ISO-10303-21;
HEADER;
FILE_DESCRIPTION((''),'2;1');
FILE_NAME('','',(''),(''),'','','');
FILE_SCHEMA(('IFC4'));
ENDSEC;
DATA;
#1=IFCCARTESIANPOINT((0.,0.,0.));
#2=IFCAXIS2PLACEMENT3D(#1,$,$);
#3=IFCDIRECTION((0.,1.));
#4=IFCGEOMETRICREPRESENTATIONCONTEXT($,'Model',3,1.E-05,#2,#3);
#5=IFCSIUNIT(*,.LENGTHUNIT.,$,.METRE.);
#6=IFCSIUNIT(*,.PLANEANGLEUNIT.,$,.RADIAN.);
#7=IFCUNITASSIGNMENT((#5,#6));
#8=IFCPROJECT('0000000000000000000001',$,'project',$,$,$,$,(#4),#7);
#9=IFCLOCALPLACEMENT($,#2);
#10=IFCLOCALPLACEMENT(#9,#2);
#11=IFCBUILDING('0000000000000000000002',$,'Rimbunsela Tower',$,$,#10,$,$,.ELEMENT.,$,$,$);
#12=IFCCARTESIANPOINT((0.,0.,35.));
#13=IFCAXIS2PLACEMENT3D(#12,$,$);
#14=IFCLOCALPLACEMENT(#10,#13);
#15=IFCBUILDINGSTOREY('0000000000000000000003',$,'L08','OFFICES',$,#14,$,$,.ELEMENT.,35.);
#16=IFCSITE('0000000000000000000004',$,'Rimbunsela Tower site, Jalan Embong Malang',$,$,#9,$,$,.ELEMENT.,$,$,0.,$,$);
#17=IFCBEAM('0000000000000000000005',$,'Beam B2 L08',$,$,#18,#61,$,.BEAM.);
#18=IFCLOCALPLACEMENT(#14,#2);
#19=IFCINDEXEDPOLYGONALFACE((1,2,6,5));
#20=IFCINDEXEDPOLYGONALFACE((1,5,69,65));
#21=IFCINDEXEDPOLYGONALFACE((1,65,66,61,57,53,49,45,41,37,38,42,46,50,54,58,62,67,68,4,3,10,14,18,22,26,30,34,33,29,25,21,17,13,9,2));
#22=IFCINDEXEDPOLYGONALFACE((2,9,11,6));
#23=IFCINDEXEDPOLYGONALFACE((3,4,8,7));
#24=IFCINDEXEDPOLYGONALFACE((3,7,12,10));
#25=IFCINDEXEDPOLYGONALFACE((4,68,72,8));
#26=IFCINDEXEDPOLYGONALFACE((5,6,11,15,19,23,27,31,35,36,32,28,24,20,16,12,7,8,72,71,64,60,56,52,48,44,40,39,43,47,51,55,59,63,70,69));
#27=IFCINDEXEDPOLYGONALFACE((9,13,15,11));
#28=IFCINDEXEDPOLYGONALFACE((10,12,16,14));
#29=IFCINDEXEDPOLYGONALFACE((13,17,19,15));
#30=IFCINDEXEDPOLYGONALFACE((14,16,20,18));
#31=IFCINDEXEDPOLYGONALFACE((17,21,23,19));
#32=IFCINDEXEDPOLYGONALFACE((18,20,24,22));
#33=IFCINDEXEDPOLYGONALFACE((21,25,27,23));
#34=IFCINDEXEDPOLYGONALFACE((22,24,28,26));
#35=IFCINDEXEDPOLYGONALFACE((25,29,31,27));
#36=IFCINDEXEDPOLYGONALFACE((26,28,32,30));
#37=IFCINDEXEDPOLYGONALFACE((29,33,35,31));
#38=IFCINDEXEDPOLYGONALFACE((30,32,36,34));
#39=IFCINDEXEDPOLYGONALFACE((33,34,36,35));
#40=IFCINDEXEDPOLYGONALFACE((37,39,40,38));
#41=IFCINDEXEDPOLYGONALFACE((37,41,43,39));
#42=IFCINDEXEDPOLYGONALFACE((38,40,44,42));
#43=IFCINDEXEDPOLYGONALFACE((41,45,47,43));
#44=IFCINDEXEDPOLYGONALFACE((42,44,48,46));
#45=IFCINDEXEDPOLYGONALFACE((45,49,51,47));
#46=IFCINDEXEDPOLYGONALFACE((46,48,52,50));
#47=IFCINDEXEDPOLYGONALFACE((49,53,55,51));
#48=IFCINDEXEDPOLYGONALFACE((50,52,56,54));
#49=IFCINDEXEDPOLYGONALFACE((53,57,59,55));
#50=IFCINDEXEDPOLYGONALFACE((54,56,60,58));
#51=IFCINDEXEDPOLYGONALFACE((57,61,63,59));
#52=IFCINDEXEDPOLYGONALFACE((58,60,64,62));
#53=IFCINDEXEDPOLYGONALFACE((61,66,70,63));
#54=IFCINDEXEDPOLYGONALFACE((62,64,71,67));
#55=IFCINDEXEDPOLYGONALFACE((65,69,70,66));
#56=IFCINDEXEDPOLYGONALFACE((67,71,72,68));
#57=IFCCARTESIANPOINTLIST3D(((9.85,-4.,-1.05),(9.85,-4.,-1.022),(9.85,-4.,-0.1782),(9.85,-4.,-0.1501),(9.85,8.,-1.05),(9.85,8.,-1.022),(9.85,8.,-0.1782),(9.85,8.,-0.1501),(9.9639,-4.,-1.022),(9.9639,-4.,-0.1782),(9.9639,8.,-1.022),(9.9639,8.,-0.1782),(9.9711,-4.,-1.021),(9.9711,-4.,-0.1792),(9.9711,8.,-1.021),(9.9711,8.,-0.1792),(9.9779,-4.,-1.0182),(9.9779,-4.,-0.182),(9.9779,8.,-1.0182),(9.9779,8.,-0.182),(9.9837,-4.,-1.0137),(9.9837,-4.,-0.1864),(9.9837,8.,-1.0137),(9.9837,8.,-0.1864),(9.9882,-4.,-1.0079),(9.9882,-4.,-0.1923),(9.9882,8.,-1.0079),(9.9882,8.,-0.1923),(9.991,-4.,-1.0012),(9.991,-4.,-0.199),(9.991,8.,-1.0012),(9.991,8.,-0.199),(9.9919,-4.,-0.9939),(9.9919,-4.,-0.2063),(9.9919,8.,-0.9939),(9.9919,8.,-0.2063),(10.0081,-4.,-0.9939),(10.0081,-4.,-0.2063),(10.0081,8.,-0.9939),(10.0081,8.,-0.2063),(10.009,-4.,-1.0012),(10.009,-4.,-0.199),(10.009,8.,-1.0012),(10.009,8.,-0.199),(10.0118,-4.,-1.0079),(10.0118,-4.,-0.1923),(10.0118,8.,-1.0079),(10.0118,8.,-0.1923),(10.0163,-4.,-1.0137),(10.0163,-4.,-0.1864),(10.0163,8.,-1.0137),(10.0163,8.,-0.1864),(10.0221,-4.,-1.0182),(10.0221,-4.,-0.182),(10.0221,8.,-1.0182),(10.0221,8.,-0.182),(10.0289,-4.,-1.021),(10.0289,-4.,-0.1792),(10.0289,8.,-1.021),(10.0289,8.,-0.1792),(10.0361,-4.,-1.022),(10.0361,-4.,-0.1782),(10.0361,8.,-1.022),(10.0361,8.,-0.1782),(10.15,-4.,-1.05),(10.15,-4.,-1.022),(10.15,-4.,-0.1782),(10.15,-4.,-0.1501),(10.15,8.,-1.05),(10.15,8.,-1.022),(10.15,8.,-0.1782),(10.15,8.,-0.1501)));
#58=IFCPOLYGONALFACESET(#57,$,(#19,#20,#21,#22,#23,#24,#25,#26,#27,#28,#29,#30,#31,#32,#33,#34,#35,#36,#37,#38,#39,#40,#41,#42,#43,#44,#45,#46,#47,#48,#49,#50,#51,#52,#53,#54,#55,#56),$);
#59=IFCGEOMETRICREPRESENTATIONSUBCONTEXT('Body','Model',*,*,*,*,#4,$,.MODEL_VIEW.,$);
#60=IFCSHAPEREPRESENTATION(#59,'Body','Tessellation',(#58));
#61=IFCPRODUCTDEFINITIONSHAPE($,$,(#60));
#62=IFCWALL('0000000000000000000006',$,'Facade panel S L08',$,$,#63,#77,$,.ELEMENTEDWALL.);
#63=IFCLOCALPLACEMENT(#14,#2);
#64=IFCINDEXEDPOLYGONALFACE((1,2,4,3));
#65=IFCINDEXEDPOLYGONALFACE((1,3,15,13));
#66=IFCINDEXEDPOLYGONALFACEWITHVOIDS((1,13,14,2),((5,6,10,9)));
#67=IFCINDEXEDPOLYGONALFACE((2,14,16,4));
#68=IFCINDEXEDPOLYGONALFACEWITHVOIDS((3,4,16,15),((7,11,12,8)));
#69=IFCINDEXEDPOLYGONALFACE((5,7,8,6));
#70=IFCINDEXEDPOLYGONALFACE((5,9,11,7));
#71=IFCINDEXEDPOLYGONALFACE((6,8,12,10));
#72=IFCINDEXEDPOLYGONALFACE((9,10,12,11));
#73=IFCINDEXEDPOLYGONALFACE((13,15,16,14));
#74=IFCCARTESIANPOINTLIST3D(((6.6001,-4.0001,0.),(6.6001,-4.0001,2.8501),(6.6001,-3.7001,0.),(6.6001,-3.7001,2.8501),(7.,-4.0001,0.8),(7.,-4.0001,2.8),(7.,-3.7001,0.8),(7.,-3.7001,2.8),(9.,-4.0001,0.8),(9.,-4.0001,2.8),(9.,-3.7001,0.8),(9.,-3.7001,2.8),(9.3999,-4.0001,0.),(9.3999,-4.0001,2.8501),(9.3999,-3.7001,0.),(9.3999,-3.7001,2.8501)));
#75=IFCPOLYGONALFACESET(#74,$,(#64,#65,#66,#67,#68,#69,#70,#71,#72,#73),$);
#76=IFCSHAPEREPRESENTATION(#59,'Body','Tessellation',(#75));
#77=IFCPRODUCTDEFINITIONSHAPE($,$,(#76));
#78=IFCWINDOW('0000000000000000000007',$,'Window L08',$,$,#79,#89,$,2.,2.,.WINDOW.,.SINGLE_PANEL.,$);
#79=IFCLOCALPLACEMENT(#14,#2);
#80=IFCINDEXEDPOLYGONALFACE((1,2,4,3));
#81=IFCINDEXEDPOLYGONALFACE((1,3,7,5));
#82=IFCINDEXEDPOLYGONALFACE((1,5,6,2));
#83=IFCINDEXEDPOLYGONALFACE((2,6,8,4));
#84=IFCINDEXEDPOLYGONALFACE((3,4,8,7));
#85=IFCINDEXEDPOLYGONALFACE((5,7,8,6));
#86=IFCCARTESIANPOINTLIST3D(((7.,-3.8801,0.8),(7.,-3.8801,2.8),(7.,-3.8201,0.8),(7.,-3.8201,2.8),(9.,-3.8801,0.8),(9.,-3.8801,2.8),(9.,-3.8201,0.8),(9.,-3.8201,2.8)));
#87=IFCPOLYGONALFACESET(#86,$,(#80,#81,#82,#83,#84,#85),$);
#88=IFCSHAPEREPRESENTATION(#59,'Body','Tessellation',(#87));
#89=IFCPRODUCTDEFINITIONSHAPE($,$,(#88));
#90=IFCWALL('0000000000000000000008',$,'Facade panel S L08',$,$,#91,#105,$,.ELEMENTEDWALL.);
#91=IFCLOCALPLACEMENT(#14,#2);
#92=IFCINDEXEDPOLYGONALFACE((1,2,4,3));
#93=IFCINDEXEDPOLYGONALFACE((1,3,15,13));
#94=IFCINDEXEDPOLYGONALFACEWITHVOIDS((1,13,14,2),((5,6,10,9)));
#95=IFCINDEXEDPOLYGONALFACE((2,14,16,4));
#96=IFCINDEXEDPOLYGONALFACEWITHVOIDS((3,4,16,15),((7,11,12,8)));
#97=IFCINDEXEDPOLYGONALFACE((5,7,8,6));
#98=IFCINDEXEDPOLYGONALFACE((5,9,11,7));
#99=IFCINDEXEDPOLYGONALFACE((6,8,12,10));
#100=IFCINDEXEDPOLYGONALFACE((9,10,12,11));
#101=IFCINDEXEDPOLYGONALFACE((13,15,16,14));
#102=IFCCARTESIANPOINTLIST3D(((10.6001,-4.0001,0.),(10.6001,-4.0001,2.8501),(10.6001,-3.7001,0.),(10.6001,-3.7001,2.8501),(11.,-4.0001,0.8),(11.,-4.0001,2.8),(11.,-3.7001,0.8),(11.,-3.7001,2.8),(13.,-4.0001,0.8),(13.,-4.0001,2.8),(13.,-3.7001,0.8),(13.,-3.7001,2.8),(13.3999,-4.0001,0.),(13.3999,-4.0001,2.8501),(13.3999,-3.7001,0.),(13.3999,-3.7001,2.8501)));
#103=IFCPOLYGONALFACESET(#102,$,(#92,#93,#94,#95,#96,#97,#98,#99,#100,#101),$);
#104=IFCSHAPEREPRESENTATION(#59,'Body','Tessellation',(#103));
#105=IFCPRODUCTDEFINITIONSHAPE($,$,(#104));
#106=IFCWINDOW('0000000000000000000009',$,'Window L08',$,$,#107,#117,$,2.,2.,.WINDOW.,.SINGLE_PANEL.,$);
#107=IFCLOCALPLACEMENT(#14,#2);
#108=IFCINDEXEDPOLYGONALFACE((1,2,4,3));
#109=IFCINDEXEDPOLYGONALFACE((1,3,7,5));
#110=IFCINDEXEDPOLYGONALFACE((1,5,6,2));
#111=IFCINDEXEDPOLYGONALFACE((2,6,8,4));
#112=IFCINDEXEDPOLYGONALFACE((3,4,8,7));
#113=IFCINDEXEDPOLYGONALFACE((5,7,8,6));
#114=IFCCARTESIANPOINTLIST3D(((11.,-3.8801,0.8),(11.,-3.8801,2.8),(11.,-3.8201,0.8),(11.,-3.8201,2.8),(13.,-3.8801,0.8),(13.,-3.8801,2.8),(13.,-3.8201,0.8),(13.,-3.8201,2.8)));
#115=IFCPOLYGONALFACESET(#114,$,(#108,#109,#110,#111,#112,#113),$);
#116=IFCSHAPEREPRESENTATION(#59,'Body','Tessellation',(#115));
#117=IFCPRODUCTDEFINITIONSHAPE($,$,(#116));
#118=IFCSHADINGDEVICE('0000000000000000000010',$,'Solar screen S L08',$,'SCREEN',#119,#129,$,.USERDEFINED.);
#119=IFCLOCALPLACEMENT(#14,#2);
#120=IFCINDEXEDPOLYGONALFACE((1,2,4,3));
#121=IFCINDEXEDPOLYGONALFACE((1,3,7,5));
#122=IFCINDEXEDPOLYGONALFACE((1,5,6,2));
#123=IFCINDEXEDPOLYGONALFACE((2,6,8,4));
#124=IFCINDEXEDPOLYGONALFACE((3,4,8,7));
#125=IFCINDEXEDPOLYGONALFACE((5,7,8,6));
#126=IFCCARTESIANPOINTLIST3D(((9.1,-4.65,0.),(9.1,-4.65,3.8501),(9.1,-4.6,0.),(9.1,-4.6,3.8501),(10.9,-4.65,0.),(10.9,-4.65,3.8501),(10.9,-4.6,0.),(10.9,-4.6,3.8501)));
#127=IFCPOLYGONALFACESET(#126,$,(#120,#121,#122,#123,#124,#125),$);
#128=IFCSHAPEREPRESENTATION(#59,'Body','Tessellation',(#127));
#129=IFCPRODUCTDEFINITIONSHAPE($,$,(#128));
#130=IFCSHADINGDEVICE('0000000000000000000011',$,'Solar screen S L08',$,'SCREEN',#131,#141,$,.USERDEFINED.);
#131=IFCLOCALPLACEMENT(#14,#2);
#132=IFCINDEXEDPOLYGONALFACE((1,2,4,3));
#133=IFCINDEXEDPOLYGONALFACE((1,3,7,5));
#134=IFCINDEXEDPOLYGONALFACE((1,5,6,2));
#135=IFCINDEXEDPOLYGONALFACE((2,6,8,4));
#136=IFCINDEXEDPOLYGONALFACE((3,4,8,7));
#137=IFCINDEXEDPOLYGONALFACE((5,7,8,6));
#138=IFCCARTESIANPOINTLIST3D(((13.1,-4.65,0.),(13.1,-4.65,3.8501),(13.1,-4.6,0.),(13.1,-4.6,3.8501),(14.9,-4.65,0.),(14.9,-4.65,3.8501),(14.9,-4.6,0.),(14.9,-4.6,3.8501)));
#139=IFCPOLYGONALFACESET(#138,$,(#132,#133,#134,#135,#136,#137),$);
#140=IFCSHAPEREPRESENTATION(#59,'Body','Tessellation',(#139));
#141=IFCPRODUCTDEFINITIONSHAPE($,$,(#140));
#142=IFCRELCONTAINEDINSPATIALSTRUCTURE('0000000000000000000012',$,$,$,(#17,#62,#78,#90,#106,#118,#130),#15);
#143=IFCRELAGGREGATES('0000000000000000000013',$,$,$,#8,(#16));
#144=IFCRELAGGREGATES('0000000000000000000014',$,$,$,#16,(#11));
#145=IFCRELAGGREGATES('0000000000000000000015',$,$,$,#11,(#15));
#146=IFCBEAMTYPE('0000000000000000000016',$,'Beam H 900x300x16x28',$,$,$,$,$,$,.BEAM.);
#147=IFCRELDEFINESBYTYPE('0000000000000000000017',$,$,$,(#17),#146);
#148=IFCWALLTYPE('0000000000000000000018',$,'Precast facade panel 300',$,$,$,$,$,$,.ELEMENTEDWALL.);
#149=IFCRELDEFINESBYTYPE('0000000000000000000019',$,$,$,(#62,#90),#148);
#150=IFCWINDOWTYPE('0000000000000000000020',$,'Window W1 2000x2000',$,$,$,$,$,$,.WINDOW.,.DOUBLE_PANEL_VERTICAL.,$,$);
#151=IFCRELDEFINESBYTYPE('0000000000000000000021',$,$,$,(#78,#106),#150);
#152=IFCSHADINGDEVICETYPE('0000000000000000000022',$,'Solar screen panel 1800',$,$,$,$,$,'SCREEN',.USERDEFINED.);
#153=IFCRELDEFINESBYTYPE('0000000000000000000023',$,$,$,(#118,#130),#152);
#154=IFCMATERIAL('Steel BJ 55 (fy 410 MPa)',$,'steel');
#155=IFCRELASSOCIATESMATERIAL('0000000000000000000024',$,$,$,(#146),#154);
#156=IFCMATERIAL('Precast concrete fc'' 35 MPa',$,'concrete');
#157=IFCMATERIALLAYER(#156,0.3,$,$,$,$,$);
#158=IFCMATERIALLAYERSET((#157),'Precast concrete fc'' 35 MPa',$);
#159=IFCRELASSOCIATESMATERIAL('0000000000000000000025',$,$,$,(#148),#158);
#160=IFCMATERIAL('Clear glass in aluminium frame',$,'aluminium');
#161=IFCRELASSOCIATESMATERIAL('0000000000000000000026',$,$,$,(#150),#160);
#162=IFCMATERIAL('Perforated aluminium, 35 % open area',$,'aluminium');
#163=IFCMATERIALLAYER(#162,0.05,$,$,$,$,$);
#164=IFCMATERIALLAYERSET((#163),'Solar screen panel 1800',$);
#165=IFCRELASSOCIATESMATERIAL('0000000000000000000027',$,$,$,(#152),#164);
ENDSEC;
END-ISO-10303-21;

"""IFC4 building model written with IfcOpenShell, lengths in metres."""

from ifc_helpers import new_model, si_unit, direction, frame, frame_2d, origin, origin_2d, place, context, subcontext, project, spatial, rectangle, i_section, extrude, material, layer, layer_set, material_profile, profile_set, type_object, element, fill, save


model = new_model("IFC4")

# Units and contexts
model_context = context("Model", 3, precision=1e-05, world=origin(), true_north=direction((0.0, 1.0)))
body_context = subcontext(model_context, "Body", "Model", "MODEL_VIEW")
ifc_project = project(units=[si_unit("LENGTHUNIT", "METRE"), si_unit("PLANEANGLEUNIT", "RADIAN")], contexts=[model_context])

# Site, building, storey
site_placement = place(None, origin())
site = spatial("IfcSite", under=ifc_project, at=site_placement, Name="Rimbunsela Tower site, Jalan Embong Malang", CompositionType="ELEMENT", RefElevation=0.0)
building_placement = place(site_placement, origin())
building = spatial("IfcBuilding", under=site, at=building_placement, Name="Rimbunsela Tower", CompositionType="ELEMENT")
storey_placement = place(building_placement, frame((0.0, 0.0, 35.0)))
storey = spatial("IfcBuildingStorey", under=building, at=storey_placement, Name="L08", Description="OFFICES", CompositionType="ELEMENT", Elevation=35.0)

# Beam
ifc_material_1 = material(Name="Steel BJ 55 (fy 410 MPa)", Category="steel")
ifc_material_profile_1 = material_profile(ifc_material_1, i_section(OverallWidth=0.3, OverallDepth=0.8999, WebThickness=0.0161, FlangeThickness=0.0281, FilletRadius=0.0281, at=origin_2d()), Name="H 900x300x16x28")
ifc_profile_set_1 = profile_set([ifc_material_profile_1], Name="Steel BJ 55 (fy 410 MPa)")
beam_type_1 = type_object("IfcBeamType", Name="Beam H 900x300x16x28", PredefinedType="BEAM", material=ifc_profile_set_1)
beam_1_placement = place(storey_placement, frame((10.0, -4.0, -0.6001), z_axis=(0.0, 1.0, 0.0), x_axis=(-1.0, 0.0, 0.0)))
element("IfcBeam", 1, at=beam_1_placement, inside=storey, type_object=beam_type_1, Name="Beam B2 L08", PredefinedType="BEAM", context=body_context, shape_type="SweptSolid", body=[
    extrude(i_section(OverallWidth=0.3, OverallDepth=0.8999, WebThickness=0.0161, FlangeThickness=0.0281, FilletRadius=0.0281, at=origin_2d()), origin(), (0.0, 0.0, 1.0), 12.0),
])

# Walls, openings, windows
ifc_material_2 = material(Name="Precast concrete fc' 35 MPa", Category="concrete")
ifc_layer_1 = layer(ifc_material_2, 0.3)
ifc_layer_set_1 = layer_set([ifc_layer_1], Name="Precast concrete fc' 35 MPa")
wall_type = type_object("IfcWallType", Name="Precast facade panel 300", PredefinedType="ELEMENTEDWALL", material=ifc_layer_set_1)
wall_1_placement = place(storey_placement, frame((6.6001, -3.8501, 0.0), z_axis=(0.0, 0.0, 1.0), x_axis=(1.0, 0.0, 0.0)))
wall_1 = element("IfcWall", 2, at=wall_1_placement, inside=storey, type_object=wall_type, Name="Facade panel S L08", PredefinedType="ELEMENTEDWALL", context=body_context, shape_type="SweptSolid", body=[
    extrude(rectangle(XDim=2.7998, YDim=0.3, at=frame_2d((1.3999, 0.0))), origin(), (0.0, 0.0, 1.0), 2.8501),
])
opening_1_placement = place(wall_1_placement, frame((0.3999, 0.0, 0.8)))
opening_1 = element("IfcOpeningElement", 3, at=opening_1_placement, cuts=wall_1, PredefinedType="OPENING", context=body_context, shape_type="SweptSolid", body=[
    extrude(rectangle(XDim=2.0, YDim=2.0, at=frame_2d((1.0, 1.0))), frame((0.0, 0.1599, 0.0), z_axis=(0.0, -1.0, 0.0), x_axis=(1.0, 0.0, 0.0)), (0.0, 0.0, 1.0), 0.3201),
])
ifc_material_3 = material(Name="Clear glass in aluminium frame", Category="aluminium")
window_type = type_object("IfcWindowType", Name="Window W1 2000x2000", PartitioningType="DOUBLE_PANEL_VERTICAL", PredefinedType="WINDOW", material=ifc_material_3)
window_1_placement = place(opening_1_placement, origin())
window_1 = element("IfcWindow", 4, at=window_1_placement, inside=storey, type_object=window_type, Name="Window L08", OverallHeight=2.0, OverallWidth=2.0, PartitioningType="SINGLE_PANEL", PredefinedType="WINDOW", context=body_context, shape_type="SweptSolid", body=[
    extrude(rectangle(XDim=2.0, YDim=2.0, at=frame_2d((1.0, 1.0))), frame((0.0, 0.03, 0.0), z_axis=(0.0, -1.0, 0.0), x_axis=(1.0, 0.0, 0.0)), (0.0, 0.0, 1.0), 0.0601),
])
fill(opening_1, window_1)
wall_2_placement = place(storey_placement, frame((10.6001, -3.8501, 0.0), z_axis=(0.0, 0.0, 1.0), x_axis=(1.0, 0.0, 0.0)))
wall_2 = element("IfcWall", 5, at=wall_2_placement, inside=storey, type_object=wall_type, Name="Facade panel S L08", PredefinedType="ELEMENTEDWALL", context=body_context, shape_type="SweptSolid", body=[
    extrude(rectangle(XDim=2.7998, YDim=0.3, at=frame_2d((1.3999, 0.0))), origin(), (0.0, 0.0, 1.0), 2.8501),
])
opening_2_placement = place(wall_2_placement, frame((0.3999, 0.0, 0.8)))
opening_2 = element("IfcOpeningElement", 6, at=opening_2_placement, cuts=wall_2, PredefinedType="OPENING", context=body_context, shape_type="SweptSolid", body=[
    extrude(rectangle(XDim=2.0, YDim=2.0, at=frame_2d((1.0, 1.0))), frame((0.0, 0.1599, 0.0), z_axis=(0.0, -1.0, 0.0), x_axis=(1.0, 0.0, 0.0)), (0.0, 0.0, 1.0), 0.3201),
])
window_2_placement = place(opening_2_placement, origin())
window_2 = element("IfcWindow", 7, at=window_2_placement, inside=storey, type_object=window_type, Name="Window L08", OverallHeight=2.0, OverallWidth=2.0, PartitioningType="SINGLE_PANEL", PredefinedType="WINDOW", context=body_context, shape_type="SweptSolid", body=[
    extrude(rectangle(XDim=2.0, YDim=2.0, at=frame_2d((1.0, 1.0))), frame((0.0, 0.03, 0.0), z_axis=(0.0, -1.0, 0.0), x_axis=(1.0, 0.0, 0.0)), (0.0, 0.0, 1.0), 0.0601),
])
fill(opening_2, window_2)

# Shading devices
ifc_material_4 = material(Name="Perforated aluminium, 35 % open area", Category="aluminium")
ifc_layer_2 = layer(ifc_material_4, 0.05)
ifc_layer_set_2 = layer_set([ifc_layer_2], Name="Solar screen panel 1800")
shading_device_type = type_object("IfcShadingDeviceType", Name="Solar screen panel 1800", ElementType="SCREEN", PredefinedType="USERDEFINED", material=ifc_layer_set_2)
for number, where, z_axis, x_axis, name in (
    (8, (10.0, -4.625, 0.0), (0.0, 0.0, 1.0), (1.0, 0.0, 0.0), "Solar screen S L08"),
    (9, (14.0, -4.625, 0.0), (0.0, 0.0, 1.0), (1.0, 0.0, 0.0), "Solar screen S L08"),
):
    element("IfcShadingDevice", number, at=place(storey_placement, frame(where, z_axis=z_axis, x_axis=x_axis)), inside=storey, type_object=shading_device_type, Name=name, ObjectType="SCREEN", PredefinedType="USERDEFINED", context=body_context, shape_type="SweptSolid", body=[
        extrude(rectangle(XDim=1.8, YDim=0.05, at=origin_2d()), origin(), (0.0, 0.0, 1.0), 3.8501),
    ])

save(model, "model.ifc")
